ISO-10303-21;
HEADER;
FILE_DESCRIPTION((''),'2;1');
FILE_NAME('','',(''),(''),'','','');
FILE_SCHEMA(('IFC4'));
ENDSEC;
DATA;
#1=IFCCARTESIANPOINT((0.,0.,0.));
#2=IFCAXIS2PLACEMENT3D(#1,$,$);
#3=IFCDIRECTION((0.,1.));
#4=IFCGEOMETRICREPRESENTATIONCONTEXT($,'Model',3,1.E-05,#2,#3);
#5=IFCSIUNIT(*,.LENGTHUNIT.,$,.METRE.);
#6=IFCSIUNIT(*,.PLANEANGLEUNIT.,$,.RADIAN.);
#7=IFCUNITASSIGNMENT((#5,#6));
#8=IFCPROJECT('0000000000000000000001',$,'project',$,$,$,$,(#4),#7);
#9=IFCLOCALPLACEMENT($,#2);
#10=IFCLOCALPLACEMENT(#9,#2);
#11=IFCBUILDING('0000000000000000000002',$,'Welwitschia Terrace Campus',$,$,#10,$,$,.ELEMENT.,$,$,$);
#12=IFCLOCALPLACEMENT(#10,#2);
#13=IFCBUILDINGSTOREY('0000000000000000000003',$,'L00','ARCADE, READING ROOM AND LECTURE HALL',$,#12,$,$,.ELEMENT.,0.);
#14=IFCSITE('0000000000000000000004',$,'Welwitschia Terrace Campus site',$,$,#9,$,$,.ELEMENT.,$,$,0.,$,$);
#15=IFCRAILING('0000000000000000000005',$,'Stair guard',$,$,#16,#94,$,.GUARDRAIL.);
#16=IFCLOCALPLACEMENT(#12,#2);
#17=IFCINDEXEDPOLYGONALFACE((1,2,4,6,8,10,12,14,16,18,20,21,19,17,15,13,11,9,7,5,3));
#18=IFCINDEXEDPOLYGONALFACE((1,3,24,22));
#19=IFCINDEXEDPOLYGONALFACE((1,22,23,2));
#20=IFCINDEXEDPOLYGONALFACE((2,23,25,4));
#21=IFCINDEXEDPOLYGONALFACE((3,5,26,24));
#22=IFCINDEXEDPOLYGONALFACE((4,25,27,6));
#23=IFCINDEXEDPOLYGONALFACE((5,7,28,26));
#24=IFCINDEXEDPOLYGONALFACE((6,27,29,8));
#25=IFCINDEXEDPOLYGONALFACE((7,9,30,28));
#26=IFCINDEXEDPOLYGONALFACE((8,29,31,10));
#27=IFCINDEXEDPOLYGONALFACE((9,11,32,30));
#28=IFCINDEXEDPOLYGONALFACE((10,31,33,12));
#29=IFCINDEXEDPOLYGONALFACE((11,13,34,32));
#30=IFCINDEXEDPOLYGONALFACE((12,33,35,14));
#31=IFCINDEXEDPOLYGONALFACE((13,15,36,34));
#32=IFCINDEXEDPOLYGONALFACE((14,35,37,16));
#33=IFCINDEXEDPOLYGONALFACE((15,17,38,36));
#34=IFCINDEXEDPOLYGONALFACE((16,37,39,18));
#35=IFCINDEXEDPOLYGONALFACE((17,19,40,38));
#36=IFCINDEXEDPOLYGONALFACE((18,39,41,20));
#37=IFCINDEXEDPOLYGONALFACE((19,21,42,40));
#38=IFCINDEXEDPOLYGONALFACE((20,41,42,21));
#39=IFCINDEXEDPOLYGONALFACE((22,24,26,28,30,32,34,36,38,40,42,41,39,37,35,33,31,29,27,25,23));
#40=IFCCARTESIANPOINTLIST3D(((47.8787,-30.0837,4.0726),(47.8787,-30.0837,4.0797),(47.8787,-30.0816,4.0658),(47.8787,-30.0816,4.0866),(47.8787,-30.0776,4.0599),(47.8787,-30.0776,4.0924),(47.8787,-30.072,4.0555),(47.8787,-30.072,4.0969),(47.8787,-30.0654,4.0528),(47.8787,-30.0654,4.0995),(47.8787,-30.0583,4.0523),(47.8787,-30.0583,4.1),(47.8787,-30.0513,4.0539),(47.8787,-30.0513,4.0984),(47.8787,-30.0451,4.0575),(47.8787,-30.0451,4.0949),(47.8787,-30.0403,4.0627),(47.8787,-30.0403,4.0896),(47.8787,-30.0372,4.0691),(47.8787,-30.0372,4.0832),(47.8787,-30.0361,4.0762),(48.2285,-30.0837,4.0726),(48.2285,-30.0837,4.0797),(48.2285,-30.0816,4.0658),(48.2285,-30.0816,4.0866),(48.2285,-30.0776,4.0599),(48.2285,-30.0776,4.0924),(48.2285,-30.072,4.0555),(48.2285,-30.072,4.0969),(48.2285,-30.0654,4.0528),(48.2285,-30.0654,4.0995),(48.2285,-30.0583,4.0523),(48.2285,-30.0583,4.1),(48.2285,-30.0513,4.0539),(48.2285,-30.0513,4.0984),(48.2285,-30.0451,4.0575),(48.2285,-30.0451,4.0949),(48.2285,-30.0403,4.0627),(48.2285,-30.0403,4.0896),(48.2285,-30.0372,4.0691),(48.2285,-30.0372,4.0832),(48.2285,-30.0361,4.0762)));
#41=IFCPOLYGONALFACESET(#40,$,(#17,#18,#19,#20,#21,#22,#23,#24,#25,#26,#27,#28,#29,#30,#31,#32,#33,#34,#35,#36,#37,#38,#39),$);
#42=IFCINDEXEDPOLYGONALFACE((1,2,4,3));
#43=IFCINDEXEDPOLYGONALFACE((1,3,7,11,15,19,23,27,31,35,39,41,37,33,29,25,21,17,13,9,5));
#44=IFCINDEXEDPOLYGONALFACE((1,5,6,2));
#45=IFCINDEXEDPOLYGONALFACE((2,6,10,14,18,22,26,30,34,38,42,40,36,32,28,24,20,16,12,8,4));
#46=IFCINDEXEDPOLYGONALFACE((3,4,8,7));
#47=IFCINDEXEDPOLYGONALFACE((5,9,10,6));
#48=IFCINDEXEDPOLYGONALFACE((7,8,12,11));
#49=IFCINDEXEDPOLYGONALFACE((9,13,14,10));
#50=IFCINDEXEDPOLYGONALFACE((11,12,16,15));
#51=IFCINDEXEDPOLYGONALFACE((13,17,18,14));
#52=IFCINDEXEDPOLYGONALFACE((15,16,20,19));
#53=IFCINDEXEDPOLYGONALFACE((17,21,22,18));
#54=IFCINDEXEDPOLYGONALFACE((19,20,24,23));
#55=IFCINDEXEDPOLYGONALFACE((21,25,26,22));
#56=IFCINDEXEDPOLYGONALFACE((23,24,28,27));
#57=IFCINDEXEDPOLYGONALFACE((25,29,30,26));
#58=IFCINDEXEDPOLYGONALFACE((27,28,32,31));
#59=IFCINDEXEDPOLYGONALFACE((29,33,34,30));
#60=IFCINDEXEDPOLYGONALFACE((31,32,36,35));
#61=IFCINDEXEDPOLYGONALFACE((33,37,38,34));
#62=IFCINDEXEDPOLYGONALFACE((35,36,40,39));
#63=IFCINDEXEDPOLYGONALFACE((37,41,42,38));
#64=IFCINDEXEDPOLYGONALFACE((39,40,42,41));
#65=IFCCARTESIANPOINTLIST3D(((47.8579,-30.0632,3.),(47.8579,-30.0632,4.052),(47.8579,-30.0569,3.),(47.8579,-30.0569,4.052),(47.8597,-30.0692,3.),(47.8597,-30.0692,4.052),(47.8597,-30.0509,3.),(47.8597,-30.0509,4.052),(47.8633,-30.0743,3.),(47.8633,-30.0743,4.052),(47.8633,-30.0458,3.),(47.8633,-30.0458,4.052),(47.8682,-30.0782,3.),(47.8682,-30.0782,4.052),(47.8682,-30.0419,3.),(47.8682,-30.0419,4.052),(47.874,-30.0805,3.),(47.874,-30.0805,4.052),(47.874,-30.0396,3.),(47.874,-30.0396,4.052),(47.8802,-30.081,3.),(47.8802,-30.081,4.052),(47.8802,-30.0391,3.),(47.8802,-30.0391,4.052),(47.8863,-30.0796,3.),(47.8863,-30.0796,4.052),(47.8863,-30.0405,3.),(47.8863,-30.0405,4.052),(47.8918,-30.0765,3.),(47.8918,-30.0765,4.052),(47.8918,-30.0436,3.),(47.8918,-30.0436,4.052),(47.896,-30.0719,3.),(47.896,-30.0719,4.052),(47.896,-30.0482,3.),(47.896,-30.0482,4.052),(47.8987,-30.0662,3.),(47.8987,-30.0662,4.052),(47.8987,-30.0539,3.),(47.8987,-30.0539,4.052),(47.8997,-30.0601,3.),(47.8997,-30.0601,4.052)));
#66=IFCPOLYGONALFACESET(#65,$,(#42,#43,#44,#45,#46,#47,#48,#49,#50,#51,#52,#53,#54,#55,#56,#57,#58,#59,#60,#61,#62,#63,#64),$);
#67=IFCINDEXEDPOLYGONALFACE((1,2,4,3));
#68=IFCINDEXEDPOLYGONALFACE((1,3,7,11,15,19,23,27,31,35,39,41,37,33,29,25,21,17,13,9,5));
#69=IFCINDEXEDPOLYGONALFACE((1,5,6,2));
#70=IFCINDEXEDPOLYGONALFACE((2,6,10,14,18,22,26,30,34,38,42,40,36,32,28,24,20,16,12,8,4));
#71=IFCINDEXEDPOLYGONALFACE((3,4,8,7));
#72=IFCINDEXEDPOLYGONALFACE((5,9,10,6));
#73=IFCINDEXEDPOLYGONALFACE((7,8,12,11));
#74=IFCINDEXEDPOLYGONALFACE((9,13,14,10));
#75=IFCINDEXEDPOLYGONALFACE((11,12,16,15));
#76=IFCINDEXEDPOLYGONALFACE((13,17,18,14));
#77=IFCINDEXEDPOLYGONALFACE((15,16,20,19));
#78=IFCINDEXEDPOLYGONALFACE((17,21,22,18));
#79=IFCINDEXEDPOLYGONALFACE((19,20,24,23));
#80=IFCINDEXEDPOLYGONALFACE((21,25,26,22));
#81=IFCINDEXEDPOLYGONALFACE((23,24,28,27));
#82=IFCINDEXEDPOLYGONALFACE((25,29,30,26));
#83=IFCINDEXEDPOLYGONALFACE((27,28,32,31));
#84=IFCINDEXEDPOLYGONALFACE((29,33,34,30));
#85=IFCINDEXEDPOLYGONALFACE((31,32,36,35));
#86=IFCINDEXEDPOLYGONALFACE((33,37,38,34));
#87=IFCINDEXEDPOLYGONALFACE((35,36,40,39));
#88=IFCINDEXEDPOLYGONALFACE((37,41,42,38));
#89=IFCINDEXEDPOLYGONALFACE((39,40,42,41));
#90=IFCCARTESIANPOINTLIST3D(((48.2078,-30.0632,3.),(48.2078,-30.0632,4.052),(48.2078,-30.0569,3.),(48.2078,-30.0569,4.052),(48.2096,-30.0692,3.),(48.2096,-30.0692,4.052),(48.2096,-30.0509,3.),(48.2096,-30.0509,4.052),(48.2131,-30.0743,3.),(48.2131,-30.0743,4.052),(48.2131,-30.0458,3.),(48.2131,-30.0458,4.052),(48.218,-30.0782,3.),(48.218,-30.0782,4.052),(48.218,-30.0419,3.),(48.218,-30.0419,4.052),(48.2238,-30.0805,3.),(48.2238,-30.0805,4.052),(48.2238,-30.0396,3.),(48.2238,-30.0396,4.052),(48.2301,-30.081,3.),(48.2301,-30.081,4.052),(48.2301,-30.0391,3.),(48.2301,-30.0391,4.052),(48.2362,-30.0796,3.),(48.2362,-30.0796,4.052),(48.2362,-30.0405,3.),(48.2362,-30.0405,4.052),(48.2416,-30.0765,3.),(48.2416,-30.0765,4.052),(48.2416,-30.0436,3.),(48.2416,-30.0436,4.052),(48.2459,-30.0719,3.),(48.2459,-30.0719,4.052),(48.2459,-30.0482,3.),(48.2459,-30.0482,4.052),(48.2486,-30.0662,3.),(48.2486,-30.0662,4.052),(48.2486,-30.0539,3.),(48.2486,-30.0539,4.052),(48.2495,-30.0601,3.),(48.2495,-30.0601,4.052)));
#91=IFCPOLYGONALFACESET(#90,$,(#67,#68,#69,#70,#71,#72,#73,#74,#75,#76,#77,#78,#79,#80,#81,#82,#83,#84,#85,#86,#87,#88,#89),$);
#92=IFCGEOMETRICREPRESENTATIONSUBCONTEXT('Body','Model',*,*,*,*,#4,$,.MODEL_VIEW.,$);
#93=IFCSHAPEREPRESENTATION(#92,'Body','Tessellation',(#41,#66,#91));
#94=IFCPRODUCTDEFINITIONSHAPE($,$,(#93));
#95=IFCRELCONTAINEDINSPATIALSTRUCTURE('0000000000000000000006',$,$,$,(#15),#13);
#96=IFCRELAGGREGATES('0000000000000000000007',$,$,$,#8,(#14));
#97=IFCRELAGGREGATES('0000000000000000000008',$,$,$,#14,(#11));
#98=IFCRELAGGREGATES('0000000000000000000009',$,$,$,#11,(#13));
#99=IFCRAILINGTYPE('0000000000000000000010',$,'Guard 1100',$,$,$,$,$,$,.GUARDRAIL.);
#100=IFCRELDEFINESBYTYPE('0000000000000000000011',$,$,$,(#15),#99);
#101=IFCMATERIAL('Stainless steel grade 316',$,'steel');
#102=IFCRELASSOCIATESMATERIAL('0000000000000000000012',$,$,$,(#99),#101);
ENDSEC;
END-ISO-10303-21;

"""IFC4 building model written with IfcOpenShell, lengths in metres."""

from ifc_helpers import new_model, si_unit, direction, frame, origin, origin_2d, place, context, subcontext, project, spatial, circle, extrude, material, type_object, element, save


model = new_model("IFC4")

# Units and contexts
model_context = context("Model", 3, precision=1e-05, world=origin(), true_north=direction((0.0, 1.0)))
body_context = subcontext(model_context, "Body", "Model", "MODEL_VIEW")
ifc_project = project(units=[si_unit("LENGTHUNIT", "METRE"), si_unit("PLANEANGLEUNIT", "RADIAN")], contexts=[model_context])

# Site, building, storey
site_placement = place(None, origin())
site = spatial("IfcSite", under=ifc_project, at=site_placement, Name="Welwitschia Terrace Campus site", CompositionType="ELEMENT", RefElevation=0.0)
building_placement = place(site_placement, origin())
building = spatial("IfcBuilding", under=site, at=building_placement, Name="Welwitschia Terrace Campus", CompositionType="ELEMENT")
storey_placement = place(building_placement, origin())
storey = spatial("IfcBuildingStorey", under=building, at=storey_placement, Name="L00", Description="ARCADE, READING ROOM AND LECTURE HALL", CompositionType="ELEMENT", Elevation=0.0)

# Railing
ifc_material_1 = material(Name="Stainless steel grade 316", Category="steel")
railing_type_1 = type_object("IfcRailingType", Name="Guard 1100", PredefinedType="GUARDRAIL", material=ifc_material_1)
for number, where, name in (
    (1, (47.8787, -30.0601, 3.0), "Stair guard"),
):
    element("IfcRailing", number, at=place(storey_placement, frame(where)), inside=storey, type_object=railing_type_1, Name=name, PredefinedType="GUARDRAIL", context=body_context, shape_type="SweptSolid", body=[
        extrude(circle(Radius=0.0239, at=origin_2d()), frame((0.0, 0.0, 1.0762), z_axis=(1.0, 0.0, 0.0), x_axis=(0.0, 1.0, 0.0)), (0.0, 0.0, 1.0), 0.3499),
        extrude(circle(Radius=0.021, at=origin_2d()), origin(), (0.0, 0.0, 1.0), 1.052),
        extrude(circle(Radius=0.021, at=origin_2d()), frame((0.3499, 0.0, 0.0)), (0.0, 0.0, 1.0), 1.052),
    ])

save(model, "model.ifc")
